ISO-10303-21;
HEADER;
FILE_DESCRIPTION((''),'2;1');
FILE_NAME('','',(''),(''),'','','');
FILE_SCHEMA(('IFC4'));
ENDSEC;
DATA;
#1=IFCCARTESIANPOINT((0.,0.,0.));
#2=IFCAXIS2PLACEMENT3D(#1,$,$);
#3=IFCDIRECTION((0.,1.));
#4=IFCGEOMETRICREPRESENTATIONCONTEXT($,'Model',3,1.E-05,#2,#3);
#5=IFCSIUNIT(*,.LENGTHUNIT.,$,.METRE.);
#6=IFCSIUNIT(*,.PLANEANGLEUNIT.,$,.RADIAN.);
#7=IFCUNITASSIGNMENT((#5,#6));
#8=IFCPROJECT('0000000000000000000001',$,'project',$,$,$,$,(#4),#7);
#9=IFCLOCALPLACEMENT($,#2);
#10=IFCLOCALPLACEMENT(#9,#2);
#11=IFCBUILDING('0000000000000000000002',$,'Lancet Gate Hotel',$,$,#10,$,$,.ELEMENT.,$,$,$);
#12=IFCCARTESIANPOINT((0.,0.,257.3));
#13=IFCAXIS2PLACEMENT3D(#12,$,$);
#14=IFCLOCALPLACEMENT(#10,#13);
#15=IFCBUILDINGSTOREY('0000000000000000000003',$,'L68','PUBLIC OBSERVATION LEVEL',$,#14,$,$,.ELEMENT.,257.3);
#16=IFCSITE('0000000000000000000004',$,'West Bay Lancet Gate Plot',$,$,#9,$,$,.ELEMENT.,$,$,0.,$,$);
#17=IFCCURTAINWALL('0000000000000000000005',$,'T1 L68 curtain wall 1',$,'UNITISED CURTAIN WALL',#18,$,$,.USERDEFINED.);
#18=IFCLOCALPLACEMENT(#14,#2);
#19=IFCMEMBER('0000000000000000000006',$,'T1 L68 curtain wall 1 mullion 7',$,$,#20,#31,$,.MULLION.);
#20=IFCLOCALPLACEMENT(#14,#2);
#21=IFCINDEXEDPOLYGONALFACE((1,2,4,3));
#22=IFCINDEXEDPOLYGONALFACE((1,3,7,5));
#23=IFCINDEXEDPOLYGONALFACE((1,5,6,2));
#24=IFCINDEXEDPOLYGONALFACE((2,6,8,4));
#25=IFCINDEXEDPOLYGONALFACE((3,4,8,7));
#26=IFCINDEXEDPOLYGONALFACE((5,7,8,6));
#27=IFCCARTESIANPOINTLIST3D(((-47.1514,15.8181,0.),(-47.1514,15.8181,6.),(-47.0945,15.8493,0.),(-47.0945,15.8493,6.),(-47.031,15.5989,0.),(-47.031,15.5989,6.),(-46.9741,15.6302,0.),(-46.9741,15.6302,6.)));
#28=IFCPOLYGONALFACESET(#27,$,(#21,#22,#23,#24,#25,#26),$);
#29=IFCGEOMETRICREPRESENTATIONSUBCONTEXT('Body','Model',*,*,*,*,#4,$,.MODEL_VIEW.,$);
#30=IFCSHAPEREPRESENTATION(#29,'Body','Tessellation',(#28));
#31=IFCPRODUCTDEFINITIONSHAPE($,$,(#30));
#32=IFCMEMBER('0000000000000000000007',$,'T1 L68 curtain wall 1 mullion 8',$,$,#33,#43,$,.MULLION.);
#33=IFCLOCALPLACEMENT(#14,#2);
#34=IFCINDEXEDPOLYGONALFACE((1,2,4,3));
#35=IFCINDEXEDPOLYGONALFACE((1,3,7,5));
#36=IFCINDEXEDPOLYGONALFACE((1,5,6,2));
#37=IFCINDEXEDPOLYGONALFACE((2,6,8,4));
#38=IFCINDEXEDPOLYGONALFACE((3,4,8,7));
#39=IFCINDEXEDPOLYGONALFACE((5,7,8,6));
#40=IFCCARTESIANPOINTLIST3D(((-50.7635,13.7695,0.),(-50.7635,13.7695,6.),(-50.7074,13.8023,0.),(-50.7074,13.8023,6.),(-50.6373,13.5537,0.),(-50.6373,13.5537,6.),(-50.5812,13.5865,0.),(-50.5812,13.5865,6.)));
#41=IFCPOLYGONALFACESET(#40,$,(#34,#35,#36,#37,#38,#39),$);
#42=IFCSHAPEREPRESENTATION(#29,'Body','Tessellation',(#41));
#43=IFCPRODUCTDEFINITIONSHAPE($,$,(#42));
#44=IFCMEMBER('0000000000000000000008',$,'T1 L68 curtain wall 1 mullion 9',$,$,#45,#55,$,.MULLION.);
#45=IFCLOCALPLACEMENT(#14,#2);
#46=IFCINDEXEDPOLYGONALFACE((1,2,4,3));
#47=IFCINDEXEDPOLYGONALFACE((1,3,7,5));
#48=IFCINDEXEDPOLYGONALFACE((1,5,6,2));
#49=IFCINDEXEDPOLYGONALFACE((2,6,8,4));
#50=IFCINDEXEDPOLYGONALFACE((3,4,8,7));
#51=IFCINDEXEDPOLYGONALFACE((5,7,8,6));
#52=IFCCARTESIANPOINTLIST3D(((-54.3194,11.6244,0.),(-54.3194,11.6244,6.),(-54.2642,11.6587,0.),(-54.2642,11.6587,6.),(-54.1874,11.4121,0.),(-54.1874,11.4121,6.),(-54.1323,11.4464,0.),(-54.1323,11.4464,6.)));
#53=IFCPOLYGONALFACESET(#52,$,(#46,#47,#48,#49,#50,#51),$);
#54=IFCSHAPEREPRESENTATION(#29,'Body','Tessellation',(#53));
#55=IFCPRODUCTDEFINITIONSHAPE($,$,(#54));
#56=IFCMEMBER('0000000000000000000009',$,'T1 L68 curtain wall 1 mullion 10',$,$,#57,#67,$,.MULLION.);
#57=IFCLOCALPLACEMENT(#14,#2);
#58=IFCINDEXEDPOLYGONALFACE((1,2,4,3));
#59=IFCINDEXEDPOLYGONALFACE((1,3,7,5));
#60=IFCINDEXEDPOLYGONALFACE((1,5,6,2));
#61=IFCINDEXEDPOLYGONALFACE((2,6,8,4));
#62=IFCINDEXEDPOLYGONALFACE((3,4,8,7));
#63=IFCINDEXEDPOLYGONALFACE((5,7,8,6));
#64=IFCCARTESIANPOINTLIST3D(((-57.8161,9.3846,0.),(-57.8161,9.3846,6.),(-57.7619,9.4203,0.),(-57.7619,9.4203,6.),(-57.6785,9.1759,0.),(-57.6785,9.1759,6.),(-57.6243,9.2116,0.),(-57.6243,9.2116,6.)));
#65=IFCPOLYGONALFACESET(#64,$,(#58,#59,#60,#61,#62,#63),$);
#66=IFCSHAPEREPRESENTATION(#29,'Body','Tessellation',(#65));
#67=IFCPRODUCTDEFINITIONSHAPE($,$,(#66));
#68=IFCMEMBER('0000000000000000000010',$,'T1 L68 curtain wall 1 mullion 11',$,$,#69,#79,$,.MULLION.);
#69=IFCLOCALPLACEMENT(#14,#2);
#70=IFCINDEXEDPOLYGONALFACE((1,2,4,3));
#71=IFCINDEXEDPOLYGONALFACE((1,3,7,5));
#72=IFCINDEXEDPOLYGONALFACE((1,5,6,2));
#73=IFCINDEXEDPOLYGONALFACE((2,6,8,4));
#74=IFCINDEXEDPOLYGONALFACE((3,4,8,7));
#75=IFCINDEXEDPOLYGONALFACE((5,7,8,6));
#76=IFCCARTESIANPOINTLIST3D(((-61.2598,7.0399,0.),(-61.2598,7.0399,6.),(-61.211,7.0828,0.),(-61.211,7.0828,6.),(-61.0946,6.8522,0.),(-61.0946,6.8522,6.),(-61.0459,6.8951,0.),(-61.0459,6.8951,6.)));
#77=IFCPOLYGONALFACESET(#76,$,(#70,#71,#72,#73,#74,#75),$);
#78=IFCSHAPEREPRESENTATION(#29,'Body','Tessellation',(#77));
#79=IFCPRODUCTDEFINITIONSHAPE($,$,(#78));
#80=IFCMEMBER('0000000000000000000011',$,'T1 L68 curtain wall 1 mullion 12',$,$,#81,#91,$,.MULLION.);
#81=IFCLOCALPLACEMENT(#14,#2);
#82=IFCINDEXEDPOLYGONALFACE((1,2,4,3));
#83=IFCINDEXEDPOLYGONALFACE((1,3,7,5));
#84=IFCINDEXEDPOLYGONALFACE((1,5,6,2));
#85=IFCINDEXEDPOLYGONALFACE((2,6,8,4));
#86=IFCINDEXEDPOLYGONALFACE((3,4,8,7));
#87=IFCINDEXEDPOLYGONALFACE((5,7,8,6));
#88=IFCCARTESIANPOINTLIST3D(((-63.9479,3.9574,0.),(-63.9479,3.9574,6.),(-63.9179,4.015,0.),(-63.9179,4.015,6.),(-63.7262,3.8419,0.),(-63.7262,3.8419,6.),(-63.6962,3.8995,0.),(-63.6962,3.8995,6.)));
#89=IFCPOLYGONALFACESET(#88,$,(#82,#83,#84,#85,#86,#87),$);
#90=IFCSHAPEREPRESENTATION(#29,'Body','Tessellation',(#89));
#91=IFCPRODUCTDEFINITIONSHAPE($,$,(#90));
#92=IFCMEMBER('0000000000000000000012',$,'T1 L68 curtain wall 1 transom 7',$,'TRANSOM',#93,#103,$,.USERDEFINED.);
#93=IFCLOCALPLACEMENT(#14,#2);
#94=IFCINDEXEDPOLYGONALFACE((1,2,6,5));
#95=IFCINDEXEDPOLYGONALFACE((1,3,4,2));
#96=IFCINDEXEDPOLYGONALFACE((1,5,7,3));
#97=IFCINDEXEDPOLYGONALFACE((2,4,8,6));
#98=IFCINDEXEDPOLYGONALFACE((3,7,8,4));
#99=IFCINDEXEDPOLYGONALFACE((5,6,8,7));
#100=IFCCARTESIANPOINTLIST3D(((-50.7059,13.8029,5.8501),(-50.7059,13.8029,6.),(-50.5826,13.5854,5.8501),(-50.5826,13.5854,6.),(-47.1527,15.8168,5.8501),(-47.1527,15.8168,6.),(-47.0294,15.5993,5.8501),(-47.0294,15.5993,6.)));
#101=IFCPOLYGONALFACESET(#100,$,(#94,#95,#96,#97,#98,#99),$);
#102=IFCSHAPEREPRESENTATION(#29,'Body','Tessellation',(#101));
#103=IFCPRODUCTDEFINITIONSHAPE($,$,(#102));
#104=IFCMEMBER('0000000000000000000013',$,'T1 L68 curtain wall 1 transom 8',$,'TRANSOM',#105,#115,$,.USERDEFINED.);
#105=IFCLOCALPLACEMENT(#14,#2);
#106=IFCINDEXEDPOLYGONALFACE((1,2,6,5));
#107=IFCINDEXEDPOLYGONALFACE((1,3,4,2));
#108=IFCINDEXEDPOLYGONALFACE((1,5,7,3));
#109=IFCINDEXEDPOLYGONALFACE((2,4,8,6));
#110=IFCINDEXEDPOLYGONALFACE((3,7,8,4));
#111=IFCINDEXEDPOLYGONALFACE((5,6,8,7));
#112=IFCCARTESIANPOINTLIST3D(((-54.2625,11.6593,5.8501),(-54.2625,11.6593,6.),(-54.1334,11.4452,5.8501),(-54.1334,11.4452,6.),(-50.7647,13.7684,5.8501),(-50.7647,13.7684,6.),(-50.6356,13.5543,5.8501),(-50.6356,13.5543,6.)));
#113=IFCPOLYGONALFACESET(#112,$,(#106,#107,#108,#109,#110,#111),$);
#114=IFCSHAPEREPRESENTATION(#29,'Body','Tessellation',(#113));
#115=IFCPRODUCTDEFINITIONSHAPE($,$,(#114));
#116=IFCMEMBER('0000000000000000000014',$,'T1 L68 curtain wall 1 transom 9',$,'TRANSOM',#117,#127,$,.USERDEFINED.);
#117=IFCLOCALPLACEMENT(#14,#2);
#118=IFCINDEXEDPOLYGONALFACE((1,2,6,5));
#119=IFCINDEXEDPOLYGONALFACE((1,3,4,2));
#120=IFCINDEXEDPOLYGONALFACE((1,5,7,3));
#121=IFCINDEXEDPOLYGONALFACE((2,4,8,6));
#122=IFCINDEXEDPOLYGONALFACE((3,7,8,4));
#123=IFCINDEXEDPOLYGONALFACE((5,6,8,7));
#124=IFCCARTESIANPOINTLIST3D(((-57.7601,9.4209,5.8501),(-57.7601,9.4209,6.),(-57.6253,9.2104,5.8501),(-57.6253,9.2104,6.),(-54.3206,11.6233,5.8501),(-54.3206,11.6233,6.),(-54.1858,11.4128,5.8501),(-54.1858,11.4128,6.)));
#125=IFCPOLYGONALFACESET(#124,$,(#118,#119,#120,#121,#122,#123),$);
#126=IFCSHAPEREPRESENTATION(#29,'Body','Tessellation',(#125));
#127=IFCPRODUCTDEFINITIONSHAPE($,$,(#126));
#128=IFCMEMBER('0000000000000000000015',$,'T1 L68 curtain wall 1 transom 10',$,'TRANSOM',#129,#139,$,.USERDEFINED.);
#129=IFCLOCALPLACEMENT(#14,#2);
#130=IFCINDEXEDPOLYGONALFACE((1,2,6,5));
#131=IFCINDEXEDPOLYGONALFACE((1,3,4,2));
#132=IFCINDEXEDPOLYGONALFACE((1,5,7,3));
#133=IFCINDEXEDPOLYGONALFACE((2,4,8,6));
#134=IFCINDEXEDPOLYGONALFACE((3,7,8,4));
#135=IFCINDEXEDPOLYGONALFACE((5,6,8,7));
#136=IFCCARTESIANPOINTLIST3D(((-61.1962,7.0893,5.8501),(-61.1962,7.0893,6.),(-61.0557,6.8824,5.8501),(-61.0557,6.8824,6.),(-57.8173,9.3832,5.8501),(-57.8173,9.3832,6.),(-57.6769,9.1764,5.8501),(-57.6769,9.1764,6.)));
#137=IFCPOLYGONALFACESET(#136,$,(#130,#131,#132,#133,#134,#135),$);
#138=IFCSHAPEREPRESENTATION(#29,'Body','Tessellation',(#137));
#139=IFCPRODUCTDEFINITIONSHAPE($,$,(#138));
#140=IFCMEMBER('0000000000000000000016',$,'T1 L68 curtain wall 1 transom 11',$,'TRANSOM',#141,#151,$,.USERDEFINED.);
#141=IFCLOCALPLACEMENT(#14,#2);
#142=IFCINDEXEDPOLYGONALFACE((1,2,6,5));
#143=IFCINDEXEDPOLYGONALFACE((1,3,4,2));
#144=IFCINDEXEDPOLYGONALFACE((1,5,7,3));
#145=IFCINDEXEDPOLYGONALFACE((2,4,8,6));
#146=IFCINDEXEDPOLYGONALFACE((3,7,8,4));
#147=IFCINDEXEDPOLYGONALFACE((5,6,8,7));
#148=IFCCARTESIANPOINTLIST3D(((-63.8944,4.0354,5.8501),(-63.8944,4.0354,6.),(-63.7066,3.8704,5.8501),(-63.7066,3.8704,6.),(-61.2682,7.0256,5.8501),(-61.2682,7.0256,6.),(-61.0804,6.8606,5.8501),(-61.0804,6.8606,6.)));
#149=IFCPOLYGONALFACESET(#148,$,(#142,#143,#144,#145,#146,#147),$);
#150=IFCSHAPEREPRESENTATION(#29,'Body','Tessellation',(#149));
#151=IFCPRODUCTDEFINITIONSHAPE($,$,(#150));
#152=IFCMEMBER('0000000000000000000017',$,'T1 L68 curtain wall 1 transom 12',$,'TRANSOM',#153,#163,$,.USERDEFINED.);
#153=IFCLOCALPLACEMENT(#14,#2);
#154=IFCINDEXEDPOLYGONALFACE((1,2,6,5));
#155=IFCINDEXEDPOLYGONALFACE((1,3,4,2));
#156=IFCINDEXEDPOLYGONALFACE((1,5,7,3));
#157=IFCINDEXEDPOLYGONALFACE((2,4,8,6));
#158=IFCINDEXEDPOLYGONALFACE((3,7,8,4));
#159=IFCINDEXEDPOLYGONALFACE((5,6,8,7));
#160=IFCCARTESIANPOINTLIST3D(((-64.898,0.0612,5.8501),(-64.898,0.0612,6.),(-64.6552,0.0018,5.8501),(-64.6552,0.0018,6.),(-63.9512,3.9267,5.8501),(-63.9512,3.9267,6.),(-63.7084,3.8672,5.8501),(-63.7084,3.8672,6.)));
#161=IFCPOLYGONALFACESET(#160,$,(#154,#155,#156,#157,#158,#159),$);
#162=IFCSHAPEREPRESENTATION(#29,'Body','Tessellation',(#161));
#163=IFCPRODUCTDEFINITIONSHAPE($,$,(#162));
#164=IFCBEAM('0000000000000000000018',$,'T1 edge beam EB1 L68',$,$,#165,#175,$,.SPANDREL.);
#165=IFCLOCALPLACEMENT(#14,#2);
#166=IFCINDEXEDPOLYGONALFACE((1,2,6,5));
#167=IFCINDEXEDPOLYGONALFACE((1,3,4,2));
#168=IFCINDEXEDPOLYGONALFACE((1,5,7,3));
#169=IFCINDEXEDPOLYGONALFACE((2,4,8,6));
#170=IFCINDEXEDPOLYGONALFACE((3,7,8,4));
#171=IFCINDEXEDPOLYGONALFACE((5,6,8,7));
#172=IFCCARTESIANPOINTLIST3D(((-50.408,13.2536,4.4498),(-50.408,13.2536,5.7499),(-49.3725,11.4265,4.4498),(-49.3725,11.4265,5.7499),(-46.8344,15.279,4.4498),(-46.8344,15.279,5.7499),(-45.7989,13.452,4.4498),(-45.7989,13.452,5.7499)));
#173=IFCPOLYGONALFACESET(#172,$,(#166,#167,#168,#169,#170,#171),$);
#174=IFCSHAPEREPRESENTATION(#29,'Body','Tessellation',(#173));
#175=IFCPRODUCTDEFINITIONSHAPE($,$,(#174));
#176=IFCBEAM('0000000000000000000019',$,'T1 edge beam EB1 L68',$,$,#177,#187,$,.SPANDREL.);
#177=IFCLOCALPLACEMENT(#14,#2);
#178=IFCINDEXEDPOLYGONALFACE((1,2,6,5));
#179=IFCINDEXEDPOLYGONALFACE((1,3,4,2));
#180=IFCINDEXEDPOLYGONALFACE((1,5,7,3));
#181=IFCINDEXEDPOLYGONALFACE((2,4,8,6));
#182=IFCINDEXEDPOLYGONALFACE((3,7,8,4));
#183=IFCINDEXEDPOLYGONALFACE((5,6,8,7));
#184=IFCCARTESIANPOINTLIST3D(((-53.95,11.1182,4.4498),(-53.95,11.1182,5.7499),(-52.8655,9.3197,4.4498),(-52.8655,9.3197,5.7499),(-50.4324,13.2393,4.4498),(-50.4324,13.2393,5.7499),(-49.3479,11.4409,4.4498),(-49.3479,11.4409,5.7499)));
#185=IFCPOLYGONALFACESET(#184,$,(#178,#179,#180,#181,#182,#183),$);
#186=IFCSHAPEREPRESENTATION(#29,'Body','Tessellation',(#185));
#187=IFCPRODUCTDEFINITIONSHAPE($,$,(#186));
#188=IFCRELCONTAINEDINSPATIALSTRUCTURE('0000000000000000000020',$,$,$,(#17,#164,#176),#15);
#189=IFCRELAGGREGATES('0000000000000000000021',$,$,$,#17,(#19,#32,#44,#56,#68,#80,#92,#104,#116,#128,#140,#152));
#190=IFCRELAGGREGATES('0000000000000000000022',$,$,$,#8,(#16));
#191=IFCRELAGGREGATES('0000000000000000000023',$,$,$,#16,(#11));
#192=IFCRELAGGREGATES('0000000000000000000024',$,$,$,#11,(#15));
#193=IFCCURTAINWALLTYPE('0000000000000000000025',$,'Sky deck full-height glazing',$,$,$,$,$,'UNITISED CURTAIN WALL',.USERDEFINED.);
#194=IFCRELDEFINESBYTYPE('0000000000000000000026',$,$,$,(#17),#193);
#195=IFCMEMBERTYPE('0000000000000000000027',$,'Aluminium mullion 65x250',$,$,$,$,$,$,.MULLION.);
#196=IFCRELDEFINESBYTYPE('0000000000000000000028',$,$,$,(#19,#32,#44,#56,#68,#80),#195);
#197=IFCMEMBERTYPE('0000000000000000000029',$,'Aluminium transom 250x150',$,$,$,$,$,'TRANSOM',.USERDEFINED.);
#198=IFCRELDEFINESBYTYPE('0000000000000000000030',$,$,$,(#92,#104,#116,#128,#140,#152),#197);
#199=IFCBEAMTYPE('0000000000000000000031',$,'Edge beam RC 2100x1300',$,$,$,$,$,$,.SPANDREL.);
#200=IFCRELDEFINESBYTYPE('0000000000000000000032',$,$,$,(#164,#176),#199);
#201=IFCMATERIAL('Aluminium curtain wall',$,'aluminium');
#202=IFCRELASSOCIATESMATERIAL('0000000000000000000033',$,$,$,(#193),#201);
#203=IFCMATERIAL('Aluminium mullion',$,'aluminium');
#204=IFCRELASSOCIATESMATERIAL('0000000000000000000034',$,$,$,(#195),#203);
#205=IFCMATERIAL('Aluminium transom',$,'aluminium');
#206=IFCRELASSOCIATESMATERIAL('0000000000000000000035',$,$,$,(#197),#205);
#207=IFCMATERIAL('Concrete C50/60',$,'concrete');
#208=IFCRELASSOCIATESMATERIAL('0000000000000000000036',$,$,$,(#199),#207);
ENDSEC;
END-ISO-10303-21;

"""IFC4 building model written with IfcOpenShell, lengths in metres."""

from ifc_helpers import new_model, si_unit, direction, frame, origin, origin_2d, place, context, subcontext, project, spatial, rectangle, extrude, material, material_profile, profile_set, type_object, element, aggregate, save


model = new_model("IFC4")

# Units and contexts
model_context = context("Model", 3, precision=1e-05, world=origin(), true_north=direction((0.0, 1.0)))
body_context = subcontext(model_context, "Body", "Model", "MODEL_VIEW")
ifc_project = project(units=[si_unit("LENGTHUNIT", "METRE"), si_unit("PLANEANGLEUNIT", "RADIAN")], contexts=[model_context])

# Site, building, storey
site_placement = place(None, origin())
site = spatial("IfcSite", under=ifc_project, at=site_placement, Name="West Bay Lancet Gate Plot", CompositionType="ELEMENT", RefElevation=0.0)
building_placement = place(site_placement, origin())
building = spatial("IfcBuilding", under=site, at=building_placement, Name="Lancet Gate Hotel", CompositionType="ELEMENT")
storey_placement = place(building_placement, frame((0.0, 0.0, 257.3)))
storey = spatial("IfcBuildingStorey", under=building, at=storey_placement, Name="L68", Description="PUBLIC OBSERVATION LEVEL", CompositionType="ELEMENT", Elevation=257.3)

# Curtain wall, members
ifc_material_1 = material(Name="Aluminium curtain wall", Category="aluminium")
curtain_wall_type = type_object("IfcCurtainWallType", Name="Sky deck full-height glazing", ElementType="UNITISED CURTAIN WALL", PredefinedType="USERDEFINED", material=ifc_material_1)
curtain_wall_placement = place(storey_placement, origin())
curtain_wall = element("IfcCurtainWall", 1, at=curtain_wall_placement, inside=storey, type_object=curtain_wall_type, Name="T1 L68 curtain wall 1", ObjectType="UNITISED CURTAIN WALL", PredefinedType="USERDEFINED")
ifc_material_2 = material(Name="Aluminium mullion", Category="aluminium")
ifc_material_profile_1 = material_profile(ifc_material_2, rectangle(XDim=0.0649, YDim=0.25, at=origin_2d()), Name="MULLION 65x250")
ifc_profile_set_1 = profile_set([ifc_material_profile_1], Name="Aluminium mullion")
member_type_1 = type_object("IfcMemberType", Name="Aluminium mullion 65x250", PredefinedType="MULLION", material=ifc_profile_set_1)
member_1_placement = place(storey_placement, frame((-47.0627, 15.7241, 0.0), z_axis=(0.0, 0.0, 1.0), x_axis=(-0.876516, -0.481372, 0.0)))
member_1 = element("IfcMember", 2, at=member_1_placement, type_object=member_type_1, Name="T1 L68 curtain wall 1 mullion 7", PredefinedType="MULLION", context=body_context, shape_type="SweptSolid", body=[
    extrude(rectangle(XDim=0.0649, YDim=0.25, at=origin_2d()), origin(), (0.0, 0.0, 1.0), 6.0),
])
member_2_placement = place(storey_placement, frame((-50.6724, 13.678, 0.0), z_axis=(0.0, 0.0, 1.0), x_axis=(-0.863242, -0.50479, 0.0)))
member_2 = element("IfcMember", 3, at=member_2_placement, type_object=member_type_1, Name="T1 L68 curtain wall 1 mullion 8", PredefinedType="MULLION", context=body_context, shape_type="SweptSolid", body=[
    extrude(rectangle(XDim=0.0649, YDim=0.25, at=origin_2d()), origin(), (0.0, 0.0, 1.0), 6.0),
])
member_3_placement = place(storey_placement, frame((-54.2258, 11.5354, 0.0), z_axis=(0.0, 0.0, 1.0), x_axis=(-0.849342, -0.527842, 0.0)))
member_3 = element("IfcMember", 4, at=member_3_placement, type_object=member_type_1, Name="T1 L68 curtain wall 1 mullion 9", PredefinedType="MULLION", context=body_context, shape_type="SweptSolid", body=[
    extrude(rectangle(XDim=0.0649, YDim=0.25, at=origin_2d()), origin(), (0.0, 0.0, 1.0), 6.0),
])
member_4_placement = place(storey_placement, frame((-57.7202, 9.2981, 0.0), z_axis=(0.0, 0.0, 1.0), x_axis=(-0.834827, -0.550512, 0.0)))
member_4 = element("IfcMember", 5, at=member_4_placement, type_object=member_type_1, Name="T1 L68 curtain wall 1 mullion 10", PredefinedType="MULLION", context=body_context, shape_type="SweptSolid", body=[
    extrude(rectangle(XDim=0.0649, YDim=0.25, at=origin_2d()), origin(), (0.0, 0.0, 1.0), 6.0),
])
member_5_placement = place(storey_placement, frame((-61.1528, 6.9675, 0.0), z_axis=(0.0, 0.0, 1.0), x_axis=(-0.750716, -0.660626, 0.0)))
member_5 = element("IfcMember", 6, at=member_5_placement, type_object=member_type_1, Name="T1 L68 curtain wall 1 mullion 11", PredefinedType="MULLION", context=body_context, shape_type="SweptSolid", body=[
    extrude(rectangle(XDim=0.0649, YDim=0.25, at=origin_2d()), origin(), (0.0, 0.0, 1.0), 6.0),
])
member_6_placement = place(storey_placement, frame((-63.822, 3.9285, 0.0), z_axis=(0.0, 0.0, 1.0), x_axis=(-0.462178, -0.886787, 0.0)))
member_6 = element("IfcMember", 7, at=member_6_placement, type_object=member_type_1, Name="T1 L68 curtain wall 1 mullion 12", PredefinedType="MULLION", context=body_context, shape_type="SweptSolid", body=[
    extrude(rectangle(XDim=0.0649, YDim=0.25, at=origin_2d()), origin(), (0.0, 0.0, 1.0), 6.0),
])
ifc_material_3 = material(Name="Aluminium transom", Category="aluminium")
ifc_material_profile_2 = material_profile(ifc_material_3, rectangle(XDim=0.25, YDim=0.1499, at=origin_2d()), Name="TRANSOM 250x150")
ifc_profile_set_2 = profile_set([ifc_material_profile_2], Name="Aluminium transom")
member_type_2 = type_object("IfcMemberType", Name="Aluminium transom 250x150", ElementType="TRANSOM", PredefinedType="USERDEFINED", material=ifc_profile_set_2)
member_7_placement = place(storey_placement, frame((-47.0911, 15.708, 5.925), z_axis=(-0.869978, -0.493091, 0.0), x_axis=(0.493091, -0.869978, 0.0)))
member_7 = element("IfcMember", 8, at=member_7_placement, type_object=member_type_2, Name="T1 L68 curtain wall 1 transom 7", ObjectType="TRANSOM", PredefinedType="USERDEFINED", context=body_context, shape_type="SweptSolid", body=[
    extrude(rectangle(XDim=0.25, YDim=0.1499, at=origin_2d()), origin(), (0.0, 0.0, 1.0), 4.0842),
])
member_8_placement = place(storey_placement, frame((-50.7002, 13.6614, 5.925), z_axis=(-0.856362, -0.516376, 0.0), x_axis=(0.516376, -0.856362, 0.0)))
member_8 = element("IfcMember", 9, at=member_8_placement, type_object=member_type_2, Name="T1 L68 curtain wall 1 transom 8", ObjectType="TRANSOM", PredefinedType="USERDEFINED", context=body_context, shape_type="SweptSolid", body=[
    extrude(rectangle(XDim=0.25, YDim=0.1499, at=origin_2d()), origin(), (0.0, 0.0, 1.0), 4.0845),
])
member_9_placement = place(storey_placement, frame((-54.2532, 11.5181, 5.925), z_axis=(-0.842144, -0.539252, 0.0), x_axis=(0.539252, -0.842144, 0.0)))
member_9 = element("IfcMember", 10, at=member_9_placement, type_object=member_type_2, Name="T1 L68 curtain wall 1 transom 9", ObjectType="TRANSOM", PredefinedType="USERDEFINED", context=body_context, shape_type="SweptSolid", body=[
    extrude(rectangle(XDim=0.25, YDim=0.1499, at=origin_2d()), origin(), (0.0, 0.0, 1.0), 4.0842),
])
member_10_placement = place(storey_placement, frame((-57.7471, 9.2798, 5.925), z_axis=(-0.827349, -0.561689, 0.0), x_axis=(0.561689, -0.827349, 0.0)))
member_10 = element("IfcMember", 11, at=member_10_placement, type_object=member_type_2, Name="T1 L68 curtain wall 1 transom 10", ObjectType="TRANSOM", PredefinedType="USERDEFINED", context=body_context, shape_type="SweptSolid", body=[
    extrude(rectangle(XDim=0.25, YDim=0.1499, at=origin_2d()), origin(), (0.0, 0.0, 1.0), 4.084),
])
member_11_placement = place(storey_placement, frame((-61.1743, 6.9431, 5.925), z_axis=(-0.659893, -0.751359, 0.0), x_axis=(0.751359, -0.659893, 0.0)))
member_11 = element("IfcMember", 12, at=member_11_placement, type_object=member_type_2, Name="T1 L68 curtain wall 1 transom 11", ObjectType="TRANSOM", PredefinedType="USERDEFINED", context=body_context, shape_type="SweptSolid", body=[
    extrude(rectangle(XDim=0.25, YDim=0.1499, at=origin_2d()), origin(), (0.0, 0.0, 1.0), 3.9797),
])
member_12_placement = place(storey_placement, frame((-63.8298, 3.897, 5.925), z_axis=(-0.237899, -0.97129, 0.0), x_axis=(0.97129, -0.237899, 0.0)))
member_12 = element("IfcMember", 13, at=member_12_placement, type_object=member_type_2, Name="T1 L68 curtain wall 1 transom 12", ObjectType="TRANSOM", PredefinedType="USERDEFINED", context=body_context, shape_type="SweptSolid", body=[
    extrude(rectangle(XDim=0.25, YDim=0.1499, at=origin_2d()), origin(), (0.0, 0.0, 1.0), 3.9797),
])

# Beams
ifc_material_4 = material(Name="Concrete C50/60", Category="concrete")
ifc_material_profile_3 = material_profile(ifc_material_4, rectangle(XDim=2.1001, YDim=1.3, at=origin_2d()), Name="RC 2100x1300")
ifc_profile_set_3 = profile_set([ifc_material_profile_3], Name="Concrete C50/60")
beam_type_1 = type_object("IfcBeamType", Name="Edge beam RC 2100x1300", PredefinedType="SPANDREL", material=ifc_profile_set_3)
for number, where, z_axis, x_axis, name in (
    (14, (-46.3167, 14.3655, 5.0999), (-0.869979, -0.493089, 0.0), (0.493089, -0.869979, 0.0), "T1 edge beam EB1 L68"),
    (15, (-49.8901, 12.3401, 5.0999), (-0.856358, -0.516382, 0.0), (0.516382, -0.856358, 0.0), "T1 edge beam EB1 L68"),
):
    element("IfcBeam", number, at=place(storey_placement, frame(where, z_axis=z_axis, x_axis=x_axis)), inside=storey, type_object=beam_type_1, Name=name, PredefinedType="SPANDREL", context=body_context, shape_type="SweptSolid", body=[
        extrude(rectangle(XDim=2.1001, YDim=1.3, at=origin_2d()), origin(), (0.0, 0.0, 1.0), 4.1077),
    ])

aggregate(curtain_wall, [member_1, member_2, member_3, member_4, member_5, member_6, member_7, member_8, member_9, member_10, member_11, member_12])

save(model, "model.ifc")
